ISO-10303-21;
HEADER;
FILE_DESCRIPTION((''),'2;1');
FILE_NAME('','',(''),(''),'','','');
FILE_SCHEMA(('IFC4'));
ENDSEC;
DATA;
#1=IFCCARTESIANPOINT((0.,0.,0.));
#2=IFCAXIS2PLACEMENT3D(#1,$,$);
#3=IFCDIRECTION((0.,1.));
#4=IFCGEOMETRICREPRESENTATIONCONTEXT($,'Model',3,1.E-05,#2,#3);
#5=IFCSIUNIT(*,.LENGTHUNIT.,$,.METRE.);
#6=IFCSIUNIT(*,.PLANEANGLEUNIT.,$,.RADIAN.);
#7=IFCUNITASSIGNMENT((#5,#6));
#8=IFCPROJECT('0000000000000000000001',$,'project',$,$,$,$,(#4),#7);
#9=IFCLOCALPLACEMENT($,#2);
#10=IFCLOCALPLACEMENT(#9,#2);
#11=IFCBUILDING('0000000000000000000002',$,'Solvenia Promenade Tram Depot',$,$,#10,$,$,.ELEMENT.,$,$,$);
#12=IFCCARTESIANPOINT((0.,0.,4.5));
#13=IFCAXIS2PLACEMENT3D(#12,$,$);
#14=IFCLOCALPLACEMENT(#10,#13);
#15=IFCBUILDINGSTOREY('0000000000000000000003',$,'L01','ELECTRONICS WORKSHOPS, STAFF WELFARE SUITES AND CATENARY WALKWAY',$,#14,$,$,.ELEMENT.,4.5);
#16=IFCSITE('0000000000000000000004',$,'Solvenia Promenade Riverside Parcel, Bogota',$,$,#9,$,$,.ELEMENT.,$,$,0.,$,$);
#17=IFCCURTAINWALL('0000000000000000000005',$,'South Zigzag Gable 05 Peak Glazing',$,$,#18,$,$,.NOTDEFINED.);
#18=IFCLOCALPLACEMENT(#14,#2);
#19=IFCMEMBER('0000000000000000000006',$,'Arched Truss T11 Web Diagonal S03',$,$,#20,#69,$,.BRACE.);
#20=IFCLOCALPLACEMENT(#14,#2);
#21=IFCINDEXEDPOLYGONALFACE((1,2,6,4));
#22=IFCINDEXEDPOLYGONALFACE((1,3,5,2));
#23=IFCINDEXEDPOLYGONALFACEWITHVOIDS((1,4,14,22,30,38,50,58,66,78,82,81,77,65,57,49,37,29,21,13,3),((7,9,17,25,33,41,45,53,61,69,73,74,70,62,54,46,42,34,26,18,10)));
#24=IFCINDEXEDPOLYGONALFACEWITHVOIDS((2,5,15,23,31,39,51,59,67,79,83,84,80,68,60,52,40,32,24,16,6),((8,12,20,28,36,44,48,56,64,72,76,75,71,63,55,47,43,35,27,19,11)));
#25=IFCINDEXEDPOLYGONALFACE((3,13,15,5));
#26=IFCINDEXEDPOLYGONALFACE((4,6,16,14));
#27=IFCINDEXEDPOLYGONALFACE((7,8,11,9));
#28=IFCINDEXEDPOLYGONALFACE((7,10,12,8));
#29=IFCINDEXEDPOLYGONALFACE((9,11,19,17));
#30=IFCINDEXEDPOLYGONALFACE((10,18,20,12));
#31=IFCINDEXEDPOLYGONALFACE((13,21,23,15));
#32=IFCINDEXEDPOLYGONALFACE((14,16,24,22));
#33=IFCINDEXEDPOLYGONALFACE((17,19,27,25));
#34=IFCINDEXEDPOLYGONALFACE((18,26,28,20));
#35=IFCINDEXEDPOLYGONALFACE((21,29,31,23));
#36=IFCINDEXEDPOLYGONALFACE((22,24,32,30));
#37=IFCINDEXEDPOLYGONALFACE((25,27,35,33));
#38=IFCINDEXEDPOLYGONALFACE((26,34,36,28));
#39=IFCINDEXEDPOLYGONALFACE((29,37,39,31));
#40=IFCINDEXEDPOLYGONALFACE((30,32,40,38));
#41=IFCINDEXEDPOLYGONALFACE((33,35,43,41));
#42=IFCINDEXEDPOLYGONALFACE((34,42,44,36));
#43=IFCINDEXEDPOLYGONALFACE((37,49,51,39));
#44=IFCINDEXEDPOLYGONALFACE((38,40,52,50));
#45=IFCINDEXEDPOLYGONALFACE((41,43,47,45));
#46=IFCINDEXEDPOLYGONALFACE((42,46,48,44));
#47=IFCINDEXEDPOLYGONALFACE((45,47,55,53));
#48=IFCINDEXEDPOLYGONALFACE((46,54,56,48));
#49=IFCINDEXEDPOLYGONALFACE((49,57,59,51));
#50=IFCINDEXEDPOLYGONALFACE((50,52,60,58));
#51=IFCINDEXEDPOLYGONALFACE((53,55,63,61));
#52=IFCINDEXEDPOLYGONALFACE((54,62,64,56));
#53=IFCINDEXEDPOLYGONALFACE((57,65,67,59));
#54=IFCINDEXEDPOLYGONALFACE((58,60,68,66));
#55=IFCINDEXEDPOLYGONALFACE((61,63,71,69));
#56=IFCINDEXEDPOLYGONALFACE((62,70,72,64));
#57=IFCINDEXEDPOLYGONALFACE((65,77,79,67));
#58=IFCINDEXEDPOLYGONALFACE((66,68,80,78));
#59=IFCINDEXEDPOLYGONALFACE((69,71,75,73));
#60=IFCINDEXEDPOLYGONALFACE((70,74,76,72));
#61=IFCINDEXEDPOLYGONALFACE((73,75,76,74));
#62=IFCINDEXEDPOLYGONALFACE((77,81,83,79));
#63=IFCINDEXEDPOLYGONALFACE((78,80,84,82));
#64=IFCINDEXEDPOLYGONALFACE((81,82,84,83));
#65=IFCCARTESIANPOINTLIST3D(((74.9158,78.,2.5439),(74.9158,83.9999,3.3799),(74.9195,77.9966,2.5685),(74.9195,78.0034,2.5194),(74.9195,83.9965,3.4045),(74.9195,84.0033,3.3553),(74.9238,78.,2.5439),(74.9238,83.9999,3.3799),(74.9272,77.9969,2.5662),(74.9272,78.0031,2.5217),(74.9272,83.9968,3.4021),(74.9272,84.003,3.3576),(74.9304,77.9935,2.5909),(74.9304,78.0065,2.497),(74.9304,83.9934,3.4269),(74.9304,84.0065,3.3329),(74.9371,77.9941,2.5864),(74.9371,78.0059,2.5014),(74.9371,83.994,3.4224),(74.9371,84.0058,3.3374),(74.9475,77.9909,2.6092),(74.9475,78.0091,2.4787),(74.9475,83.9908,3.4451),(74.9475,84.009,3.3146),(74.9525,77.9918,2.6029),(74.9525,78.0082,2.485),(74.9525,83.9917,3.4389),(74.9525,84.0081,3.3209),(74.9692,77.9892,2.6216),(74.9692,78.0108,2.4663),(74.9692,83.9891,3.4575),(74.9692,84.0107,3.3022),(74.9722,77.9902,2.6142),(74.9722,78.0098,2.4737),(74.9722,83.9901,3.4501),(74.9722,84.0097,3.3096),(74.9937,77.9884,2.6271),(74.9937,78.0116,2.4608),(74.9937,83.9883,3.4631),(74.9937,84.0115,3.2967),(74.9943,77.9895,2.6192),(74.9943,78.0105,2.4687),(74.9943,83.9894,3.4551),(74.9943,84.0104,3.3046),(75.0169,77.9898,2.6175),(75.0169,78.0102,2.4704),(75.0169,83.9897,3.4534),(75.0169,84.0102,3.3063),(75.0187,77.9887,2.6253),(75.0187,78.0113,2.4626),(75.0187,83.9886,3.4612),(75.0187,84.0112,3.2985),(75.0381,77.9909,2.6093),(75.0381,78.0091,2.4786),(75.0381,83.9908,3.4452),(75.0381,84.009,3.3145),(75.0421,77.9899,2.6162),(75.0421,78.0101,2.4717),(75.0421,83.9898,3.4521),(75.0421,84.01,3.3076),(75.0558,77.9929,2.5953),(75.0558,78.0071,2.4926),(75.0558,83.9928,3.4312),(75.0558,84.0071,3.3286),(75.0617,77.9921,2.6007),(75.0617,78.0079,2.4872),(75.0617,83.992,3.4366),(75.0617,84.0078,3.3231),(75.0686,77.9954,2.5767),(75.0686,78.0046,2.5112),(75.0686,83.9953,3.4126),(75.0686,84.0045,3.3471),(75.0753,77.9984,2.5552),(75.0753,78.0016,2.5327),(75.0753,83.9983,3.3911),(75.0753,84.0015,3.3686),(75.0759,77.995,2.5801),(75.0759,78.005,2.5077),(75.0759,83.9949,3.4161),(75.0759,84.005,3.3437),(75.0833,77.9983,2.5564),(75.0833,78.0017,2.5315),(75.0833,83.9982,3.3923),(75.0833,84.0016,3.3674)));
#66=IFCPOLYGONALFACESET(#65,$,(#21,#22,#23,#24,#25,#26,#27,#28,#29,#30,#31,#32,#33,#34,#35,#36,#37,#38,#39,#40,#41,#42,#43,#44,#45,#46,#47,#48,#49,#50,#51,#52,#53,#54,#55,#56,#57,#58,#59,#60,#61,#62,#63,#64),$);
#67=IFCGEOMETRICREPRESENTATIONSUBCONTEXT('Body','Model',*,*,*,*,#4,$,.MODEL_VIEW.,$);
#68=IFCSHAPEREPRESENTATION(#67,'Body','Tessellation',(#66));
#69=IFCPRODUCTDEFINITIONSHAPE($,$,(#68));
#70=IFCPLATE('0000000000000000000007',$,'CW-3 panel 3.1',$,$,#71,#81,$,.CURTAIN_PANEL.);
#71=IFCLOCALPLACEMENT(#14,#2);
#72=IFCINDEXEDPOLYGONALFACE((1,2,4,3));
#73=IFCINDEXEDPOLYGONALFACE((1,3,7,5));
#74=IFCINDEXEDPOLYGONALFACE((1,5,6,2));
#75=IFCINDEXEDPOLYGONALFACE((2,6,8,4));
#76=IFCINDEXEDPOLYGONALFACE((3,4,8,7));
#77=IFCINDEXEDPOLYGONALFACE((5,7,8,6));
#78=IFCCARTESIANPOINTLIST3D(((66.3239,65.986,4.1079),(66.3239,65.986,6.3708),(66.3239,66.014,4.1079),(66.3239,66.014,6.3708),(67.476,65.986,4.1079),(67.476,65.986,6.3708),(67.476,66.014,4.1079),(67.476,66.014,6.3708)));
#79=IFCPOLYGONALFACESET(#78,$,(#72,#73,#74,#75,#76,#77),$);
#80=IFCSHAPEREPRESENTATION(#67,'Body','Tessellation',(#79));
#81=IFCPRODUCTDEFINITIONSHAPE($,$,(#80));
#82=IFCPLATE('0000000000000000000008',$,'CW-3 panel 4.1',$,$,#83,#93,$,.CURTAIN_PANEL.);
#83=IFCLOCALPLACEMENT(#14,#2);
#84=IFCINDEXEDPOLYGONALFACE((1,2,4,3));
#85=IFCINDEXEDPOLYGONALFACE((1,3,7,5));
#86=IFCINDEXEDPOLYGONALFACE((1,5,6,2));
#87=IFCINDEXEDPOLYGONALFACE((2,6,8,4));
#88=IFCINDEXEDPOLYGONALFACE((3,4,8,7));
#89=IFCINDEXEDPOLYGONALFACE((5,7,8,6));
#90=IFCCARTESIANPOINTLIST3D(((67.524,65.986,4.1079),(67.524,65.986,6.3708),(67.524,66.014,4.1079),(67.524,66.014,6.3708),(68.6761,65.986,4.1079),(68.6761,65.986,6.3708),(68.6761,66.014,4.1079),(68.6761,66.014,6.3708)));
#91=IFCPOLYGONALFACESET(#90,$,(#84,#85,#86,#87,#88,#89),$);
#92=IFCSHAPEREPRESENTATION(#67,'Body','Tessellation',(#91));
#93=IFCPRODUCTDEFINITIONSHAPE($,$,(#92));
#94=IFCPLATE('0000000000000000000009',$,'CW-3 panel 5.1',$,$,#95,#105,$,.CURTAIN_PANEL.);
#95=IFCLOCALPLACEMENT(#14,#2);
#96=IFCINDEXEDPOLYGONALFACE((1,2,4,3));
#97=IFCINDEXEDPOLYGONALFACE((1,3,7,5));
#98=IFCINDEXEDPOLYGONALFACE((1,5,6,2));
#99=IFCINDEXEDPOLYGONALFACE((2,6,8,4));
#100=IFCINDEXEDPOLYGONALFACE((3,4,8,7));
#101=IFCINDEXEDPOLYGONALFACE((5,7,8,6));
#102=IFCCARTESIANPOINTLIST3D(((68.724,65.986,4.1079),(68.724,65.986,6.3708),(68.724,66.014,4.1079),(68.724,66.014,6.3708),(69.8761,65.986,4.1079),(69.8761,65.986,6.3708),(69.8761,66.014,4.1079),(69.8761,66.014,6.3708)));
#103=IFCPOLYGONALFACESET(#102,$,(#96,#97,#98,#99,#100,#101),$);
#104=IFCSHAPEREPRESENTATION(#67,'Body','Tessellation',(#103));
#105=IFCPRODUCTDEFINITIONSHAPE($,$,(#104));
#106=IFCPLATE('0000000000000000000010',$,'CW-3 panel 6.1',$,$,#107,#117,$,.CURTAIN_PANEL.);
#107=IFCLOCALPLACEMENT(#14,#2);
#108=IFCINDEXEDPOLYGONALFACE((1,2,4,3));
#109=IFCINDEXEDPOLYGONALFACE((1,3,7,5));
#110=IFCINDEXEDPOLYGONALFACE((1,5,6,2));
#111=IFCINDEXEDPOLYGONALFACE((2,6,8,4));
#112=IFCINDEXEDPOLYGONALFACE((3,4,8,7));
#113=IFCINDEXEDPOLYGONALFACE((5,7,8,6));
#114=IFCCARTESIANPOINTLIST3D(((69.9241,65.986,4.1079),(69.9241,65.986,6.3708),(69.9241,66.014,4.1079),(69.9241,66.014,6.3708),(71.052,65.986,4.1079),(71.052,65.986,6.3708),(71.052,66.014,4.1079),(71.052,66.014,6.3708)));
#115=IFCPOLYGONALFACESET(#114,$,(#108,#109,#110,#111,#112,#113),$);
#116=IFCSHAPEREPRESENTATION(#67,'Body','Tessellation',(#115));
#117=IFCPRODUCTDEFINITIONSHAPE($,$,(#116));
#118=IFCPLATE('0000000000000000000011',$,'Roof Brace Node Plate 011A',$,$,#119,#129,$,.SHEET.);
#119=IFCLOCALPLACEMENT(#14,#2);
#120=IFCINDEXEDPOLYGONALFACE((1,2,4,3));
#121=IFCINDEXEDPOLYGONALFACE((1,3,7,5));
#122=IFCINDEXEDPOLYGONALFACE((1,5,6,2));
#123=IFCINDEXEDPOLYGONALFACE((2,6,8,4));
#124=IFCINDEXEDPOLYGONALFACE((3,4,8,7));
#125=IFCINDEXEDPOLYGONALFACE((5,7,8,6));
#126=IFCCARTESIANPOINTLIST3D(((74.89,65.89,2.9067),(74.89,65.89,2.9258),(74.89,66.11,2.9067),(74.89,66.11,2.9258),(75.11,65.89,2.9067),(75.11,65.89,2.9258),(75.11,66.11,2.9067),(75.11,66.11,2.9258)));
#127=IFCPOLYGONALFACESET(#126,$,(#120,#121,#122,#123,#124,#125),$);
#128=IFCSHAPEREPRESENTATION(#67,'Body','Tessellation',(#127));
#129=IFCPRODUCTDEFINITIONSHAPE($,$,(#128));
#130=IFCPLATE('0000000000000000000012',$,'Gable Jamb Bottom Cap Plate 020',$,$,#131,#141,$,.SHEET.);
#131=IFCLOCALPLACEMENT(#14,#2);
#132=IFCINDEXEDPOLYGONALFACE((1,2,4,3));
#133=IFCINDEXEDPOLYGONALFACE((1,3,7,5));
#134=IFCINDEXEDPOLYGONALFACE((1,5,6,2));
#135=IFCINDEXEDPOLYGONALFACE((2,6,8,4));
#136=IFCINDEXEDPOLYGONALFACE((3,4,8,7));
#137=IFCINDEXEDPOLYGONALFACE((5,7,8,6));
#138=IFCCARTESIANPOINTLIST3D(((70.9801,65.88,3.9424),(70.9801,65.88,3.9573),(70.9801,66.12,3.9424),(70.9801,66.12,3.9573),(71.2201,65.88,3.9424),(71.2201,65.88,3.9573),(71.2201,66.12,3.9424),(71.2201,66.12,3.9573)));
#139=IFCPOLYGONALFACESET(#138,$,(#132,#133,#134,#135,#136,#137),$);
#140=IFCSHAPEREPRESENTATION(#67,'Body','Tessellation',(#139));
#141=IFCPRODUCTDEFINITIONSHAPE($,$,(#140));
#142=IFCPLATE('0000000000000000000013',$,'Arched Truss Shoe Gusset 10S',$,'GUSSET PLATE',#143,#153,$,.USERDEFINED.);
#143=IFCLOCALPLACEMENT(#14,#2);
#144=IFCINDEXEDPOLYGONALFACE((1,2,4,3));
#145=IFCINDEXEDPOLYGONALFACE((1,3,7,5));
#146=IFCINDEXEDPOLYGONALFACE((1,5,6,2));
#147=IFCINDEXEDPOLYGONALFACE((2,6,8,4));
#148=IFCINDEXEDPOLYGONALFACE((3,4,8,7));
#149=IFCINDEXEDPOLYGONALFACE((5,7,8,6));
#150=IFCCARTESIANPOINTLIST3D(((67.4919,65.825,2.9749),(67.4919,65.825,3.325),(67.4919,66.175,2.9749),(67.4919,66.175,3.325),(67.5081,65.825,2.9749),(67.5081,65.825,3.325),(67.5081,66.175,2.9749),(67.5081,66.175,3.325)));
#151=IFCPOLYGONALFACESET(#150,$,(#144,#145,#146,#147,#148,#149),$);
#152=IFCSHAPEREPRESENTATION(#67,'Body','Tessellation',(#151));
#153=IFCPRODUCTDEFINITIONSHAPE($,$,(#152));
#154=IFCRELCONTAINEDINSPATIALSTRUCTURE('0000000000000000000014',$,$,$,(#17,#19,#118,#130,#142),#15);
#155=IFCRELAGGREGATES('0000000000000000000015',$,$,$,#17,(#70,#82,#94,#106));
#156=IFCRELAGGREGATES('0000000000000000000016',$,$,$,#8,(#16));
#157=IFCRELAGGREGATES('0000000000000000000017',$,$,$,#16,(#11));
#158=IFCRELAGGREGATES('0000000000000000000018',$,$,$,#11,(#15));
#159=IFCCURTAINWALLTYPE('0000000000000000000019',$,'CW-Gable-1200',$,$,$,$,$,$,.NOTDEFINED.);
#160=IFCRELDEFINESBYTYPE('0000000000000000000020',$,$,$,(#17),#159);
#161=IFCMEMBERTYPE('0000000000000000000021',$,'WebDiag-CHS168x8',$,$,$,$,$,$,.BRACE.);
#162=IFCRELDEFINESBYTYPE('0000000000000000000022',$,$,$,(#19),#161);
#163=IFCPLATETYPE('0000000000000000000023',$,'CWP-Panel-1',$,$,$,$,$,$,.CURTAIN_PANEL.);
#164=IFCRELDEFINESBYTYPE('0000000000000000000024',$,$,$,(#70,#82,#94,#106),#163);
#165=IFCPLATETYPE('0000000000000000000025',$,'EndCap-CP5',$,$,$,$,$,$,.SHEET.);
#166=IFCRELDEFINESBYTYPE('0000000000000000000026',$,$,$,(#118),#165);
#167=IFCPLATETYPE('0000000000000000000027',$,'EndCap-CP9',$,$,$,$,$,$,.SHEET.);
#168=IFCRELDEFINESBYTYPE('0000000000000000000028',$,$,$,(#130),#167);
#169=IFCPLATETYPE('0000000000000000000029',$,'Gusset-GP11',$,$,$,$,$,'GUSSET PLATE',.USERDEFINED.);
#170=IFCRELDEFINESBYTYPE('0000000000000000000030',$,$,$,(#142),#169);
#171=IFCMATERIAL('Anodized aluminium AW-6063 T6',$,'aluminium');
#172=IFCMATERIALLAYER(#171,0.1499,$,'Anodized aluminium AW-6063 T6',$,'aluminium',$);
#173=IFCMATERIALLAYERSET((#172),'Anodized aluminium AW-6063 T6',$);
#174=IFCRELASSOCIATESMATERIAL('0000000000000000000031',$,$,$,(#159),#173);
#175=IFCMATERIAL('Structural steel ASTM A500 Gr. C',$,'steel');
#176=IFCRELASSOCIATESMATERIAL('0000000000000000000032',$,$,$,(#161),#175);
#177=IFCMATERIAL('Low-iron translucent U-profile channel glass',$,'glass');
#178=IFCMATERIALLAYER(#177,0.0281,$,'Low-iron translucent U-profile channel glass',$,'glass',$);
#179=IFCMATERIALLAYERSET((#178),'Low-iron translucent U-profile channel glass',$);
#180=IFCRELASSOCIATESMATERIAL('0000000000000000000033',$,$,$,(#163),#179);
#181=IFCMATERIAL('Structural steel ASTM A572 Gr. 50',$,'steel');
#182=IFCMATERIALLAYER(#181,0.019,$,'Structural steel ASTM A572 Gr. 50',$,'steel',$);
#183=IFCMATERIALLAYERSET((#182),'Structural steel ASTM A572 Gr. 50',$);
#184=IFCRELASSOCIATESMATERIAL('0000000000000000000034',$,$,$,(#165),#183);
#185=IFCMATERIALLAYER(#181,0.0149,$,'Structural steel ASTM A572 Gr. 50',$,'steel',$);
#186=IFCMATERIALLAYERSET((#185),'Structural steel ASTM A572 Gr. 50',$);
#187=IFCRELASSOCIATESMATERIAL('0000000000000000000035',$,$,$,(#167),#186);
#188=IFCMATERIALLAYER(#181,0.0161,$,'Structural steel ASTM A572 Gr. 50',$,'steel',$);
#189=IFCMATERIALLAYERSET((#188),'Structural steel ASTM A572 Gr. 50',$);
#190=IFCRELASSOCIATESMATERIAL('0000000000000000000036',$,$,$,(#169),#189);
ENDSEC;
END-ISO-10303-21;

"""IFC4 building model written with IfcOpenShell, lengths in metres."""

from ifc_helpers import new_model, si_unit, direction, frame, origin, origin_2d, place, context, subcontext, project, spatial, rectangle, hollow_circle, extrude, material, layer, layer_set, material_profile, profile_set, type_object, element, aggregate, save


model = new_model("IFC4")

# Units and contexts
model_context = context("Model", 3, precision=1e-05, world=origin(), true_north=direction((0.0, 1.0)))
body_context = subcontext(model_context, "Body", "Model", "MODEL_VIEW")
ifc_project = project(units=[si_unit("LENGTHUNIT", "METRE"), si_unit("PLANEANGLEUNIT", "RADIAN")], contexts=[model_context])

# Site, building, storey
site_placement = place(None, origin())
site = spatial("IfcSite", under=ifc_project, at=site_placement, Name="Solvenia Promenade Riverside Parcel, Bogota", CompositionType="ELEMENT", RefElevation=0.0)
building_placement = place(site_placement, origin())
building = spatial("IfcBuilding", under=site, at=building_placement, Name="Solvenia Promenade Tram Depot", CompositionType="ELEMENT")
storey_placement = place(building_placement, frame((0.0, 0.0, 4.5)))
storey = spatial("IfcBuildingStorey", under=building, at=storey_placement, Name="L01", Description="ELECTRONICS WORKSHOPS, STAFF WELFARE SUITES AND CATENARY WALKWAY", CompositionType="ELEMENT", Elevation=4.5)

# Curtain wall
ifc_material_1 = material(Name="Anodized aluminium AW-6063 T6", Category="aluminium")
ifc_layer_1 = layer(ifc_material_1, 0.1499, Name="Anodized aluminium AW-6063 T6", Category="aluminium")
ifc_layer_set_1 = layer_set([ifc_layer_1], Name="Anodized aluminium AW-6063 T6")
curtain_wall_type_1 = type_object("IfcCurtainWallType", Name="CW-Gable-1200", PredefinedType="NOTDEFINED", material=ifc_layer_set_1)
curtain_wall_1_placement = place(storey_placement, origin())
curtain_wall_1 = element("IfcCurtainWall", 1, at=curtain_wall_1_placement, inside=storey, type_object=curtain_wall_type_1, Name="South Zigzag Gable 05 Peak Glazing", PredefinedType="NOTDEFINED")

# Member
ifc_material_2 = material(Name="Structural steel ASTM A500 Gr. C", Category="steel")
ifc_material_profile_1 = material_profile(ifc_material_2, hollow_circle(Radius=0.0842, WallThickness=0.0081, at=origin_2d()), Name="CHS168.3x8", Category="steel")
ifc_profile_set_1 = profile_set([ifc_material_profile_1], Name="Structural steel ASTM A500 Gr. C")
member_type_1 = type_object("IfcMemberType", Name="WebDiag-CHS168x8", PredefinedType="BRACE", material=ifc_profile_set_1)
member_1_placement = place(storey_placement, frame((75.0, 78.0, 2.5439), z_axis=(0.0, 0.990434, 0.13799), x_axis=(-1.0, 0.0, 0.0)))
element("IfcMember", 2, at=member_1_placement, inside=storey, type_object=member_type_1, Name="Arched Truss T11 Web Diagonal S03", PredefinedType="BRACE", context=body_context, shape_type="SweptSolid", body=[
    extrude(hollow_circle(Radius=0.0842, WallThickness=0.0081, at=origin_2d()), origin(), (0.0, 0.0, 1.0), 6.0579),
])

# Plates
ifc_material_3 = material(Name="Low-iron translucent U-profile channel glass", Category="glass")
ifc_layer_2 = layer(ifc_material_3, 0.0281, Name="Low-iron translucent U-profile channel glass", Category="glass")
ifc_layer_set_2 = layer_set([ifc_layer_2], Name="Low-iron translucent U-profile channel glass")
plate_type_1 = type_object("IfcPlateType", Name="CWP-Panel-1", PredefinedType="CURTAIN_PANEL", material=ifc_layer_set_2)
plate_1_placement = place(storey_placement, frame((66.8999, 66.0, 4.1079), z_axis=(0.0, 0.0, 1.0), x_axis=(1.0, 0.0, 0.0)))
plate_1 = element("IfcPlate", 3, at=plate_1_placement, type_object=plate_type_1, Name="CW-3 panel 3.1", PredefinedType="CURTAIN_PANEL", context=body_context, shape_type="SweptSolid", body=[
    extrude(rectangle(XDim=1.1521, YDim=0.0281, at=origin_2d()), origin(), (0.0, 0.0, 1.0), 2.2629),
])
plate_2_placement = place(storey_placement, frame((68.1001, 66.0, 4.1079), z_axis=(0.0, 0.0, 1.0), x_axis=(1.0, 0.0, 0.0)))
plate_2 = element("IfcPlate", 4, at=plate_2_placement, type_object=plate_type_1, Name="CW-3 panel 4.1", PredefinedType="CURTAIN_PANEL", context=body_context, shape_type="SweptSolid", body=[
    extrude(rectangle(XDim=1.1521, YDim=0.0281, at=origin_2d()), origin(), (0.0, 0.0, 1.0), 2.2629),
])
plate_3_placement = place(storey_placement, frame((69.3, 66.0, 4.1079), z_axis=(0.0, 0.0, 1.0), x_axis=(1.0, 0.0, 0.0)))
plate_3 = element("IfcPlate", 5, at=plate_3_placement, type_object=plate_type_1, Name="CW-3 panel 5.1", PredefinedType="CURTAIN_PANEL", context=body_context, shape_type="SweptSolid", body=[
    extrude(rectangle(XDim=1.1521, YDim=0.0281, at=origin_2d()), origin(), (0.0, 0.0, 1.0), 2.2629),
])
plate_4_placement = place(storey_placement, frame((70.488, 66.0, 4.1079), z_axis=(0.0, 0.0, 1.0), x_axis=(1.0, 0.0, 0.0)))
plate_4 = element("IfcPlate", 6, at=plate_4_placement, type_object=plate_type_1, Name="CW-3 panel 6.1", PredefinedType="CURTAIN_PANEL", context=body_context, shape_type="SweptSolid", body=[
    extrude(rectangle(XDim=1.1279, YDim=0.0281, at=origin_2d()), origin(), (0.0, 0.0, 1.0), 2.2629),
])
aggregate(curtain_wall_1, [plate_1, plate_2, plate_3, plate_4])

# Plates
ifc_material_4 = material(Name="Structural steel ASTM A572 Gr. 50", Category="steel")
ifc_layer_3 = layer(ifc_material_4, 0.019, Name="Structural steel ASTM A572 Gr. 50", Category="steel")
ifc_layer_set_3 = layer_set([ifc_layer_3], Name="Structural steel ASTM A572 Gr. 50")
plate_type_2 = type_object("IfcPlateType", Name="EndCap-CP5", PredefinedType="SHEET", material=ifc_layer_set_3)
plate_5_placement = place(storey_placement, frame((75.0, 66.0, 2.9067), z_axis=(0.0, 0.0, 1.0), x_axis=(1.0, 0.0, 0.0)))
element("IfcPlate", 7, at=plate_5_placement, inside=storey, type_object=plate_type_2, Name="Roof Brace Node Plate 011A", PredefinedType="SHEET", context=body_context, shape_type="SweptSolid", body=[
    extrude(rectangle(XDim=0.22, YDim=0.22, at=origin_2d()), origin(), (0.0, 0.0, 1.0), 0.019),
])
ifc_layer_4 = layer(ifc_material_4, 0.0149, Name="Structural steel ASTM A572 Gr. 50", Category="steel")
ifc_layer_set_4 = layer_set([ifc_layer_4], Name="Structural steel ASTM A572 Gr. 50")
plate_type_3 = type_object("IfcPlateType", Name="EndCap-CP9", PredefinedType="SHEET", material=ifc_layer_set_4)
plate_6_placement = place(storey_placement, frame((71.1001, 66.0, 3.9424), z_axis=(0.0, 0.0, 1.0), x_axis=(1.0, 0.0, 0.0)))
element("IfcPlate", 8, at=plate_6_placement, inside=storey, type_object=plate_type_3, Name="Gable Jamb Bottom Cap Plate 020", PredefinedType="SHEET", context=body_context, shape_type="SweptSolid", body=[
    extrude(rectangle(XDim=0.24, YDim=0.24, at=origin_2d()), origin(), (0.0, 0.0, 1.0), 0.0149),
])
ifc_layer_5 = layer(ifc_material_4, 0.0161, Name="Structural steel ASTM A572 Gr. 50", Category="steel")
ifc_layer_set_5 = layer_set([ifc_layer_5], Name="Structural steel ASTM A572 Gr. 50")
plate_type_4 = type_object("IfcPlateType", Name="Gusset-GP11", ElementType="GUSSET PLATE", PredefinedType="USERDEFINED", material=ifc_layer_set_5)
plate_7_placement = place(storey_placement, frame((67.5, 66.0, 2.9749), z_axis=(0.0, 0.0, 1.0), x_axis=(1.0, 0.0, 0.0)))
element("IfcPlate", 9, at=plate_7_placement, inside=storey, type_object=plate_type_4, Name="Arched Truss Shoe Gusset 10S", ObjectType="GUSSET PLATE", PredefinedType="USERDEFINED", context=body_context, shape_type="SweptSolid", body=[
    extrude(rectangle(XDim=0.0161, YDim=0.3501, at=origin_2d()), origin(), (0.0, 0.0, 1.0), 0.3501),
])

save(model, "model.ifc")
